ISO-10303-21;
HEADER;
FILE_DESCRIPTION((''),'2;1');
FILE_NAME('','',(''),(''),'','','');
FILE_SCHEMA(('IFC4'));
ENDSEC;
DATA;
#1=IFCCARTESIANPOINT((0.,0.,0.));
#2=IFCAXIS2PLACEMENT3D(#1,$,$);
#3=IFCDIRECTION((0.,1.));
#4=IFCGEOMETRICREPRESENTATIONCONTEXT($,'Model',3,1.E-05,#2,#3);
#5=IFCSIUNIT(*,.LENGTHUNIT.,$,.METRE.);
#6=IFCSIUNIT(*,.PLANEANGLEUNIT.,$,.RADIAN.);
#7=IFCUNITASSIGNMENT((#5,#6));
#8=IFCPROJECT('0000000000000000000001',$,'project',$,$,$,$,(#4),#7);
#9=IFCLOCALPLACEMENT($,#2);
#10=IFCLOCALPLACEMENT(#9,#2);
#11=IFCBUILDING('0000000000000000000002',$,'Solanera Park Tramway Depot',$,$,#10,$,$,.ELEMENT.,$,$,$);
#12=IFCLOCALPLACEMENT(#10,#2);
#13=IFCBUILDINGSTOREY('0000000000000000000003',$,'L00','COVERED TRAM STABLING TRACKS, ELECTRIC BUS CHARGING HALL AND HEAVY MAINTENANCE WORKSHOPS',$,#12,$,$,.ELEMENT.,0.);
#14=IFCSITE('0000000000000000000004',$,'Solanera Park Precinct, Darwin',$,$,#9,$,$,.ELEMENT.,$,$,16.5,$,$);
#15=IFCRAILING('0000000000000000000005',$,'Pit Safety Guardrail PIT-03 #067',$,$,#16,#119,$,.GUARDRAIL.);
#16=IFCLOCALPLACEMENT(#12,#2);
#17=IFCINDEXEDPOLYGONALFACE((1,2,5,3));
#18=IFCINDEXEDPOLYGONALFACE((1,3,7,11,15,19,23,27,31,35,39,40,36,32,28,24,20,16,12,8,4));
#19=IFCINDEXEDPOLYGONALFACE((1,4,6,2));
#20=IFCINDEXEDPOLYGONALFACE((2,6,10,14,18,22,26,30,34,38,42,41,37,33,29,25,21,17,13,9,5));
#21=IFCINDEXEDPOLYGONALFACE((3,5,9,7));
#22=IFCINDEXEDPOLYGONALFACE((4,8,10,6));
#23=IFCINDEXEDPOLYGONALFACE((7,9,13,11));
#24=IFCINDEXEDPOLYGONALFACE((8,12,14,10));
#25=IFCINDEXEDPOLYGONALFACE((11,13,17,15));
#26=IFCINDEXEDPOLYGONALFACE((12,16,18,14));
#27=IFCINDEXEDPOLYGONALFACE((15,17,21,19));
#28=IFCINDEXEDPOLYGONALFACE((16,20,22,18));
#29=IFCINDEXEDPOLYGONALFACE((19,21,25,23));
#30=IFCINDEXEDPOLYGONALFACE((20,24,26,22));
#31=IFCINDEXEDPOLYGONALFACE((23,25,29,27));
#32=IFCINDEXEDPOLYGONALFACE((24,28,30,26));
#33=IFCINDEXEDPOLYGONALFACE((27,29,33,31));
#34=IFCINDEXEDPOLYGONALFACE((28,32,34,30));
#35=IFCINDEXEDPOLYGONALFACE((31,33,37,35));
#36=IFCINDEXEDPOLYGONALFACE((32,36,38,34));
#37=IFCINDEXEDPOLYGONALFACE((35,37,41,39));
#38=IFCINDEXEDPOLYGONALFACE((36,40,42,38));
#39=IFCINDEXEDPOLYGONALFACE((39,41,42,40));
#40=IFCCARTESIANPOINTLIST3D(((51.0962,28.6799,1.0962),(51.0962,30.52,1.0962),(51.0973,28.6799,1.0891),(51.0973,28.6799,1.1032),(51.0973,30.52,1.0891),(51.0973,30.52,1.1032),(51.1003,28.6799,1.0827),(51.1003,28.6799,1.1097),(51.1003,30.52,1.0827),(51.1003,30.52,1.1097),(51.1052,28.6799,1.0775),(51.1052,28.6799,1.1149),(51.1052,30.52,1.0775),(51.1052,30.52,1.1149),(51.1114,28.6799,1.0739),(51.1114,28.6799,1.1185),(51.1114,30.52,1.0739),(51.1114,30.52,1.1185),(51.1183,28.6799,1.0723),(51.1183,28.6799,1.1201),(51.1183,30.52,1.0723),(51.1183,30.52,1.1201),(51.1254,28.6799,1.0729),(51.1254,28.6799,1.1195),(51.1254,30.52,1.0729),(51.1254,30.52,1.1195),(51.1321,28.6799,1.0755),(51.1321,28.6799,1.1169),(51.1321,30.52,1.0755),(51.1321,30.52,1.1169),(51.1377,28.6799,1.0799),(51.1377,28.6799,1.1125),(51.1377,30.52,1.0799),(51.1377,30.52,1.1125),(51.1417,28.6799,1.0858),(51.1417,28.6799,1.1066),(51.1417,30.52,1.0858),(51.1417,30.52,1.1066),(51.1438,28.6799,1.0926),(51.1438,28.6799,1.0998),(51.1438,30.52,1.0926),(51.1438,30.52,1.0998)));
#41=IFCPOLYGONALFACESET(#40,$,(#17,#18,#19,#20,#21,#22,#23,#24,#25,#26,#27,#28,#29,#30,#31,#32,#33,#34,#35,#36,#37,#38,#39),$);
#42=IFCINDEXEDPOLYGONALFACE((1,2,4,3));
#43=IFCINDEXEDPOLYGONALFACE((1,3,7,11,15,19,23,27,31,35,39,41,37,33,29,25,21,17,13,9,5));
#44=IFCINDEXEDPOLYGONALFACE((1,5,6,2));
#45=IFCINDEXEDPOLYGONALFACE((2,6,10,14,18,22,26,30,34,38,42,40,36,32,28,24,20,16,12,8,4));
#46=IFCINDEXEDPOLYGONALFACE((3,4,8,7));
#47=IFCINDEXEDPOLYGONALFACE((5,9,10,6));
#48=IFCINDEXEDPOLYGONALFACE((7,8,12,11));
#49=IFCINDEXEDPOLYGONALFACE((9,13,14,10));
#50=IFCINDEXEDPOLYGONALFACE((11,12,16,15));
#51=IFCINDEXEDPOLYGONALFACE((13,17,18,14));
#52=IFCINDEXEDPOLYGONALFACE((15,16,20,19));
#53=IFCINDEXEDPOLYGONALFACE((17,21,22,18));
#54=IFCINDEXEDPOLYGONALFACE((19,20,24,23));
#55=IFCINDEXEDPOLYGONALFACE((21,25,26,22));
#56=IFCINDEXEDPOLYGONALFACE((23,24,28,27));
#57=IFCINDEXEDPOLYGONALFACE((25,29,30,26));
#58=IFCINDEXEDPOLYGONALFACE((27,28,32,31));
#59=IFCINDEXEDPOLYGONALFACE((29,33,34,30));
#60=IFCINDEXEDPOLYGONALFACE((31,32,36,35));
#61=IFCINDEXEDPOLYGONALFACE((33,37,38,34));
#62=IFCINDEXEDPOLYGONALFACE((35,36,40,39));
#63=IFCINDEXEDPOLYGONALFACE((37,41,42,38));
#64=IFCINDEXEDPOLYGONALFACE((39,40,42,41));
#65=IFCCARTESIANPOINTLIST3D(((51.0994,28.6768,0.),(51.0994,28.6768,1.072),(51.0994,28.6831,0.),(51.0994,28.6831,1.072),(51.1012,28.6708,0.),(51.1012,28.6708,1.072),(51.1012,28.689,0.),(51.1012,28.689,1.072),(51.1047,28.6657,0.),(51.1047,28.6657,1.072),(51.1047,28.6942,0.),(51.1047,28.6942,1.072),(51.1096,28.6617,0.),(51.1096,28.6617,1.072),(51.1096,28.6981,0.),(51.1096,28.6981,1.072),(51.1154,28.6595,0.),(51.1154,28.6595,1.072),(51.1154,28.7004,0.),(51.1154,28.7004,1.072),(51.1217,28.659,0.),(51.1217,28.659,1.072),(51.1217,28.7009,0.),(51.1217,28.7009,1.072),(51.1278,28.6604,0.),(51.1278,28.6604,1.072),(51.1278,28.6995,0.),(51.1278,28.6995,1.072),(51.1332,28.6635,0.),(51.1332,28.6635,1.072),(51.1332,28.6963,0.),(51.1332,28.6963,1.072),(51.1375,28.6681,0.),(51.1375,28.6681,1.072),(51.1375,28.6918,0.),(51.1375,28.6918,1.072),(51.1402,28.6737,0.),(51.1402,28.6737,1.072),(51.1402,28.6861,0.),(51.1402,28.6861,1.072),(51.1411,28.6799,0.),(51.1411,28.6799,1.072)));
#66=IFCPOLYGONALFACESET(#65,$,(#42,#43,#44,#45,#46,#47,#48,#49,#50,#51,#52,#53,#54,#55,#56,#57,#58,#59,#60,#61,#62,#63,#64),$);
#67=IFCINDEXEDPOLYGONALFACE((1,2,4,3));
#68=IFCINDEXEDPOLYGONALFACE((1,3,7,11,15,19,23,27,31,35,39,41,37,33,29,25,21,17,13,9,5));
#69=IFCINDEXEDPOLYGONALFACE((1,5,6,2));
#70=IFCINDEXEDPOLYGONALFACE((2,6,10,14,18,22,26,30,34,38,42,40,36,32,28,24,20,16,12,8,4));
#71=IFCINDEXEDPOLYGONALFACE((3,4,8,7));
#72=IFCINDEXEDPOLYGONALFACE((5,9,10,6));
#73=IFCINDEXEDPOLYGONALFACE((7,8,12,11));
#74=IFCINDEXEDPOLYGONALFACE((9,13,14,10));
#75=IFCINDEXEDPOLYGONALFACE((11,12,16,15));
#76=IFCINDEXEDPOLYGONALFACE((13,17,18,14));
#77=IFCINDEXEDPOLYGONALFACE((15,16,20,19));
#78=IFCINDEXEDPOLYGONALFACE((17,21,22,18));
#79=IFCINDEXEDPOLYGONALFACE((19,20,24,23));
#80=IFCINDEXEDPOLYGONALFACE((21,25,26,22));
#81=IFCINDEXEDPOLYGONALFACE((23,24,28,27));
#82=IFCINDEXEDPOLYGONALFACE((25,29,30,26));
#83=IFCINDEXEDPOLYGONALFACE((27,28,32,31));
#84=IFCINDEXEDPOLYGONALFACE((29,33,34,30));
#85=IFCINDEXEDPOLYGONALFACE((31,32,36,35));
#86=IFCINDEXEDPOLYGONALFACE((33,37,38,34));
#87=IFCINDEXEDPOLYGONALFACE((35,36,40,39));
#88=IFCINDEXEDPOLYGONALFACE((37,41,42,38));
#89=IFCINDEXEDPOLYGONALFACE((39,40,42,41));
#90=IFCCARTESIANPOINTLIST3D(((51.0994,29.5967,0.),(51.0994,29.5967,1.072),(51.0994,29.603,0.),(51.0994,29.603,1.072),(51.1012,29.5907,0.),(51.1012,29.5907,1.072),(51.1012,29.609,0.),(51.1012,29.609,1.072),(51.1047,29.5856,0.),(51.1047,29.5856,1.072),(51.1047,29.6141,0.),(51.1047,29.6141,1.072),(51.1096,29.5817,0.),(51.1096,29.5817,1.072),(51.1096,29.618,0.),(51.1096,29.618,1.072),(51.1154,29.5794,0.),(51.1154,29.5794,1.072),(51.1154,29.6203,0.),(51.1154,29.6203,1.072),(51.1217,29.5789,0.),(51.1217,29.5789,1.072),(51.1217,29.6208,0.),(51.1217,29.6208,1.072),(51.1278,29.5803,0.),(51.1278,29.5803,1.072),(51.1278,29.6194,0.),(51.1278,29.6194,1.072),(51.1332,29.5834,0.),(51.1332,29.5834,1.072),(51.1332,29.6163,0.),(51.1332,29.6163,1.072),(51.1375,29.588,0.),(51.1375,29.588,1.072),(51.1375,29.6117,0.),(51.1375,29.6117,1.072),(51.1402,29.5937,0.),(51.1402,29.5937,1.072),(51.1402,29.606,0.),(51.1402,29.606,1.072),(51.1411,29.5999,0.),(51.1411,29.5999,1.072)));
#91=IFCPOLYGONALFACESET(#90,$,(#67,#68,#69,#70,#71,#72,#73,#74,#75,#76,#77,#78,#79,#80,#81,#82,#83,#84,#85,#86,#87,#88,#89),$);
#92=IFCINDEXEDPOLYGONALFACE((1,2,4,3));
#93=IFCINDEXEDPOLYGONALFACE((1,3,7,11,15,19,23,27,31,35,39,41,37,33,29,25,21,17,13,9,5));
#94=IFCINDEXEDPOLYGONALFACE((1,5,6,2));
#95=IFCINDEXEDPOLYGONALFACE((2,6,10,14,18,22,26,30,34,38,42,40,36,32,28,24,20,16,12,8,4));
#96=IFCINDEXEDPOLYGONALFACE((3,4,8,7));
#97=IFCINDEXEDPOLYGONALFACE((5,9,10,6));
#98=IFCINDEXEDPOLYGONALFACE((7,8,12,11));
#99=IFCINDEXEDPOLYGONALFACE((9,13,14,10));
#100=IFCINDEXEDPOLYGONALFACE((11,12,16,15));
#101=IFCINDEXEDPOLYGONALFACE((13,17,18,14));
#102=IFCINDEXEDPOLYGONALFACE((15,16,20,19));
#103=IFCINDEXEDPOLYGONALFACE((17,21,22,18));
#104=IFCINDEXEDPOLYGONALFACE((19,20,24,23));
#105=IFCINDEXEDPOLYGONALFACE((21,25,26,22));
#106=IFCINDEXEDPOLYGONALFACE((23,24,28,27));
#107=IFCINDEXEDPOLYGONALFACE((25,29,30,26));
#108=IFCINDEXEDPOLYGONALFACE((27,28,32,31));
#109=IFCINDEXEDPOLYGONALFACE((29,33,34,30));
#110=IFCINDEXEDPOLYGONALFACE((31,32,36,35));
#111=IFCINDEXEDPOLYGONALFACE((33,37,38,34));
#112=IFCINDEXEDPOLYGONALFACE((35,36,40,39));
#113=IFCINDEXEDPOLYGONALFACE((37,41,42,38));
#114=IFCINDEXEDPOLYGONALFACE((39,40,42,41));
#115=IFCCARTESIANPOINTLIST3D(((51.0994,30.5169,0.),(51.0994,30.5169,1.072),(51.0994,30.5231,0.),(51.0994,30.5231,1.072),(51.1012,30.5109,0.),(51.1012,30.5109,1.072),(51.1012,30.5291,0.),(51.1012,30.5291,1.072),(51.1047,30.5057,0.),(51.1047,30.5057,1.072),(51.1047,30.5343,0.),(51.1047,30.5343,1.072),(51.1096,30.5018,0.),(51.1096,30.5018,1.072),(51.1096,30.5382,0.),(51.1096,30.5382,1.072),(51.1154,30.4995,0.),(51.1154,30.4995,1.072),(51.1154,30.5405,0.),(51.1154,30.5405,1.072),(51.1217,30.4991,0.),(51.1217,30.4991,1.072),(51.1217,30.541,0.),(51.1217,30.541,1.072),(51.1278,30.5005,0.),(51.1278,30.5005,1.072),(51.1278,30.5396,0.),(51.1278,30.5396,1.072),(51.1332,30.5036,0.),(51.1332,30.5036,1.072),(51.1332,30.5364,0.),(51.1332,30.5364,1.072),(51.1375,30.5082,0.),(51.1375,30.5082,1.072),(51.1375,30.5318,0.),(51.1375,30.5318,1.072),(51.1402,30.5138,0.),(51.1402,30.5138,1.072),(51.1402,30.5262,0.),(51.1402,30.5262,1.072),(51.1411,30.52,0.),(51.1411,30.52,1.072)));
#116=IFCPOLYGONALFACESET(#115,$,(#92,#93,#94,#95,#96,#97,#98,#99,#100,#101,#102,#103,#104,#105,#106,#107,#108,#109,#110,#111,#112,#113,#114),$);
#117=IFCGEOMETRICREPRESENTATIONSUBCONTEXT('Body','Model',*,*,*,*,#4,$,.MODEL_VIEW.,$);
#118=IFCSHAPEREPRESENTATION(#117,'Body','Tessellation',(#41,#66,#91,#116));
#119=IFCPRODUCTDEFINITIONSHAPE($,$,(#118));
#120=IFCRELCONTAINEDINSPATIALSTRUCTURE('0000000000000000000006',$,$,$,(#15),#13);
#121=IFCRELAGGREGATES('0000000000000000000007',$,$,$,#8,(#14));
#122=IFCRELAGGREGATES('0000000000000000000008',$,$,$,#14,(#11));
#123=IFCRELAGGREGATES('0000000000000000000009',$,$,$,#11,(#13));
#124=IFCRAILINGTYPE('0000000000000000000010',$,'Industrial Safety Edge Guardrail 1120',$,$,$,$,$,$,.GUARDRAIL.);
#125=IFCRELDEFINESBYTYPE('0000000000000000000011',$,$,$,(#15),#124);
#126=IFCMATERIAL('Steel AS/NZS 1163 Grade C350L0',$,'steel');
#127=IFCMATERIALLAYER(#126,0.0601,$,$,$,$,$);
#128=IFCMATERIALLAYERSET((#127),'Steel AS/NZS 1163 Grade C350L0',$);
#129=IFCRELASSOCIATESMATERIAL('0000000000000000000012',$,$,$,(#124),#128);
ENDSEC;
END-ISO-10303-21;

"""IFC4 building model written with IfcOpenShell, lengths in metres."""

from ifc_helpers import new_model, si_unit, direction, frame, origin, origin_2d, place, context, subcontext, project, spatial, circle, extrude, material, layer, layer_set, type_object, element, save


model = new_model("IFC4")

# Units and contexts
model_context = context("Model", 3, precision=1e-05, world=origin(), true_north=direction((0.0, 1.0)))
body_context = subcontext(model_context, "Body", "Model", "MODEL_VIEW")
ifc_project = project(units=[si_unit("LENGTHUNIT", "METRE"), si_unit("PLANEANGLEUNIT", "RADIAN")], contexts=[model_context])

# Site, building, storey
site_placement = place(None, origin())
site = spatial("IfcSite", under=ifc_project, at=site_placement, Name="Solanera Park Precinct, Darwin", CompositionType="ELEMENT", RefElevation=16.5)
building_placement = place(site_placement, origin())
building = spatial("IfcBuilding", under=site, at=building_placement, Name="Solanera Park Tramway Depot", CompositionType="ELEMENT")
storey_placement = place(building_placement, origin())
storey = spatial("IfcBuildingStorey", under=building, at=storey_placement, Name="L00", Description="COVERED TRAM STABLING TRACKS, ELECTRIC BUS CHARGING HALL AND HEAVY MAINTENANCE WORKSHOPS", CompositionType="ELEMENT", Elevation=0.0)

# Railing
ifc_material_1 = material(Name="Steel AS/NZS 1163 Grade C350L0", Category="steel")
ifc_layer_1 = layer(ifc_material_1, 0.0601)
ifc_layer_set_1 = layer_set([ifc_layer_1], Name="Steel AS/NZS 1163 Grade C350L0")
railing_type_1 = type_object("IfcRailingType", Name="Industrial Safety Edge Guardrail 1120", PredefinedType="GUARDRAIL", material=ifc_layer_set_1)
railing_1_placement = place(storey_placement, frame((51.1201, 28.6799, 0.0)))
element("IfcRailing", 1, at=railing_1_placement, inside=storey, type_object=railing_type_1, Name="Pit Safety Guardrail PIT-03 #067", PredefinedType="GUARDRAIL", context=body_context, shape_type="SweptSolid", body=[
    extrude(circle(Radius=0.0239, at=origin_2d()), frame((0.0, 0.0, 1.0962), z_axis=(0.0, 1.0, 0.0), x_axis=(-1.0, 0.0, 0.0)), (0.0, 0.0, 1.0), 1.8401),
    extrude(circle(Radius=0.021, at=origin_2d()), origin(), (0.0, 0.0, 1.0), 1.072),
    extrude(circle(Radius=0.021, at=origin_2d()), frame((0.0, 0.9199, 0.0)), (0.0, 0.0, 1.0), 1.072),
    extrude(circle(Radius=0.021, at=origin_2d()), frame((0.0, 1.8401, 0.0)), (0.0, 0.0, 1.0), 1.072),
])

save(model, "model.ifc")
